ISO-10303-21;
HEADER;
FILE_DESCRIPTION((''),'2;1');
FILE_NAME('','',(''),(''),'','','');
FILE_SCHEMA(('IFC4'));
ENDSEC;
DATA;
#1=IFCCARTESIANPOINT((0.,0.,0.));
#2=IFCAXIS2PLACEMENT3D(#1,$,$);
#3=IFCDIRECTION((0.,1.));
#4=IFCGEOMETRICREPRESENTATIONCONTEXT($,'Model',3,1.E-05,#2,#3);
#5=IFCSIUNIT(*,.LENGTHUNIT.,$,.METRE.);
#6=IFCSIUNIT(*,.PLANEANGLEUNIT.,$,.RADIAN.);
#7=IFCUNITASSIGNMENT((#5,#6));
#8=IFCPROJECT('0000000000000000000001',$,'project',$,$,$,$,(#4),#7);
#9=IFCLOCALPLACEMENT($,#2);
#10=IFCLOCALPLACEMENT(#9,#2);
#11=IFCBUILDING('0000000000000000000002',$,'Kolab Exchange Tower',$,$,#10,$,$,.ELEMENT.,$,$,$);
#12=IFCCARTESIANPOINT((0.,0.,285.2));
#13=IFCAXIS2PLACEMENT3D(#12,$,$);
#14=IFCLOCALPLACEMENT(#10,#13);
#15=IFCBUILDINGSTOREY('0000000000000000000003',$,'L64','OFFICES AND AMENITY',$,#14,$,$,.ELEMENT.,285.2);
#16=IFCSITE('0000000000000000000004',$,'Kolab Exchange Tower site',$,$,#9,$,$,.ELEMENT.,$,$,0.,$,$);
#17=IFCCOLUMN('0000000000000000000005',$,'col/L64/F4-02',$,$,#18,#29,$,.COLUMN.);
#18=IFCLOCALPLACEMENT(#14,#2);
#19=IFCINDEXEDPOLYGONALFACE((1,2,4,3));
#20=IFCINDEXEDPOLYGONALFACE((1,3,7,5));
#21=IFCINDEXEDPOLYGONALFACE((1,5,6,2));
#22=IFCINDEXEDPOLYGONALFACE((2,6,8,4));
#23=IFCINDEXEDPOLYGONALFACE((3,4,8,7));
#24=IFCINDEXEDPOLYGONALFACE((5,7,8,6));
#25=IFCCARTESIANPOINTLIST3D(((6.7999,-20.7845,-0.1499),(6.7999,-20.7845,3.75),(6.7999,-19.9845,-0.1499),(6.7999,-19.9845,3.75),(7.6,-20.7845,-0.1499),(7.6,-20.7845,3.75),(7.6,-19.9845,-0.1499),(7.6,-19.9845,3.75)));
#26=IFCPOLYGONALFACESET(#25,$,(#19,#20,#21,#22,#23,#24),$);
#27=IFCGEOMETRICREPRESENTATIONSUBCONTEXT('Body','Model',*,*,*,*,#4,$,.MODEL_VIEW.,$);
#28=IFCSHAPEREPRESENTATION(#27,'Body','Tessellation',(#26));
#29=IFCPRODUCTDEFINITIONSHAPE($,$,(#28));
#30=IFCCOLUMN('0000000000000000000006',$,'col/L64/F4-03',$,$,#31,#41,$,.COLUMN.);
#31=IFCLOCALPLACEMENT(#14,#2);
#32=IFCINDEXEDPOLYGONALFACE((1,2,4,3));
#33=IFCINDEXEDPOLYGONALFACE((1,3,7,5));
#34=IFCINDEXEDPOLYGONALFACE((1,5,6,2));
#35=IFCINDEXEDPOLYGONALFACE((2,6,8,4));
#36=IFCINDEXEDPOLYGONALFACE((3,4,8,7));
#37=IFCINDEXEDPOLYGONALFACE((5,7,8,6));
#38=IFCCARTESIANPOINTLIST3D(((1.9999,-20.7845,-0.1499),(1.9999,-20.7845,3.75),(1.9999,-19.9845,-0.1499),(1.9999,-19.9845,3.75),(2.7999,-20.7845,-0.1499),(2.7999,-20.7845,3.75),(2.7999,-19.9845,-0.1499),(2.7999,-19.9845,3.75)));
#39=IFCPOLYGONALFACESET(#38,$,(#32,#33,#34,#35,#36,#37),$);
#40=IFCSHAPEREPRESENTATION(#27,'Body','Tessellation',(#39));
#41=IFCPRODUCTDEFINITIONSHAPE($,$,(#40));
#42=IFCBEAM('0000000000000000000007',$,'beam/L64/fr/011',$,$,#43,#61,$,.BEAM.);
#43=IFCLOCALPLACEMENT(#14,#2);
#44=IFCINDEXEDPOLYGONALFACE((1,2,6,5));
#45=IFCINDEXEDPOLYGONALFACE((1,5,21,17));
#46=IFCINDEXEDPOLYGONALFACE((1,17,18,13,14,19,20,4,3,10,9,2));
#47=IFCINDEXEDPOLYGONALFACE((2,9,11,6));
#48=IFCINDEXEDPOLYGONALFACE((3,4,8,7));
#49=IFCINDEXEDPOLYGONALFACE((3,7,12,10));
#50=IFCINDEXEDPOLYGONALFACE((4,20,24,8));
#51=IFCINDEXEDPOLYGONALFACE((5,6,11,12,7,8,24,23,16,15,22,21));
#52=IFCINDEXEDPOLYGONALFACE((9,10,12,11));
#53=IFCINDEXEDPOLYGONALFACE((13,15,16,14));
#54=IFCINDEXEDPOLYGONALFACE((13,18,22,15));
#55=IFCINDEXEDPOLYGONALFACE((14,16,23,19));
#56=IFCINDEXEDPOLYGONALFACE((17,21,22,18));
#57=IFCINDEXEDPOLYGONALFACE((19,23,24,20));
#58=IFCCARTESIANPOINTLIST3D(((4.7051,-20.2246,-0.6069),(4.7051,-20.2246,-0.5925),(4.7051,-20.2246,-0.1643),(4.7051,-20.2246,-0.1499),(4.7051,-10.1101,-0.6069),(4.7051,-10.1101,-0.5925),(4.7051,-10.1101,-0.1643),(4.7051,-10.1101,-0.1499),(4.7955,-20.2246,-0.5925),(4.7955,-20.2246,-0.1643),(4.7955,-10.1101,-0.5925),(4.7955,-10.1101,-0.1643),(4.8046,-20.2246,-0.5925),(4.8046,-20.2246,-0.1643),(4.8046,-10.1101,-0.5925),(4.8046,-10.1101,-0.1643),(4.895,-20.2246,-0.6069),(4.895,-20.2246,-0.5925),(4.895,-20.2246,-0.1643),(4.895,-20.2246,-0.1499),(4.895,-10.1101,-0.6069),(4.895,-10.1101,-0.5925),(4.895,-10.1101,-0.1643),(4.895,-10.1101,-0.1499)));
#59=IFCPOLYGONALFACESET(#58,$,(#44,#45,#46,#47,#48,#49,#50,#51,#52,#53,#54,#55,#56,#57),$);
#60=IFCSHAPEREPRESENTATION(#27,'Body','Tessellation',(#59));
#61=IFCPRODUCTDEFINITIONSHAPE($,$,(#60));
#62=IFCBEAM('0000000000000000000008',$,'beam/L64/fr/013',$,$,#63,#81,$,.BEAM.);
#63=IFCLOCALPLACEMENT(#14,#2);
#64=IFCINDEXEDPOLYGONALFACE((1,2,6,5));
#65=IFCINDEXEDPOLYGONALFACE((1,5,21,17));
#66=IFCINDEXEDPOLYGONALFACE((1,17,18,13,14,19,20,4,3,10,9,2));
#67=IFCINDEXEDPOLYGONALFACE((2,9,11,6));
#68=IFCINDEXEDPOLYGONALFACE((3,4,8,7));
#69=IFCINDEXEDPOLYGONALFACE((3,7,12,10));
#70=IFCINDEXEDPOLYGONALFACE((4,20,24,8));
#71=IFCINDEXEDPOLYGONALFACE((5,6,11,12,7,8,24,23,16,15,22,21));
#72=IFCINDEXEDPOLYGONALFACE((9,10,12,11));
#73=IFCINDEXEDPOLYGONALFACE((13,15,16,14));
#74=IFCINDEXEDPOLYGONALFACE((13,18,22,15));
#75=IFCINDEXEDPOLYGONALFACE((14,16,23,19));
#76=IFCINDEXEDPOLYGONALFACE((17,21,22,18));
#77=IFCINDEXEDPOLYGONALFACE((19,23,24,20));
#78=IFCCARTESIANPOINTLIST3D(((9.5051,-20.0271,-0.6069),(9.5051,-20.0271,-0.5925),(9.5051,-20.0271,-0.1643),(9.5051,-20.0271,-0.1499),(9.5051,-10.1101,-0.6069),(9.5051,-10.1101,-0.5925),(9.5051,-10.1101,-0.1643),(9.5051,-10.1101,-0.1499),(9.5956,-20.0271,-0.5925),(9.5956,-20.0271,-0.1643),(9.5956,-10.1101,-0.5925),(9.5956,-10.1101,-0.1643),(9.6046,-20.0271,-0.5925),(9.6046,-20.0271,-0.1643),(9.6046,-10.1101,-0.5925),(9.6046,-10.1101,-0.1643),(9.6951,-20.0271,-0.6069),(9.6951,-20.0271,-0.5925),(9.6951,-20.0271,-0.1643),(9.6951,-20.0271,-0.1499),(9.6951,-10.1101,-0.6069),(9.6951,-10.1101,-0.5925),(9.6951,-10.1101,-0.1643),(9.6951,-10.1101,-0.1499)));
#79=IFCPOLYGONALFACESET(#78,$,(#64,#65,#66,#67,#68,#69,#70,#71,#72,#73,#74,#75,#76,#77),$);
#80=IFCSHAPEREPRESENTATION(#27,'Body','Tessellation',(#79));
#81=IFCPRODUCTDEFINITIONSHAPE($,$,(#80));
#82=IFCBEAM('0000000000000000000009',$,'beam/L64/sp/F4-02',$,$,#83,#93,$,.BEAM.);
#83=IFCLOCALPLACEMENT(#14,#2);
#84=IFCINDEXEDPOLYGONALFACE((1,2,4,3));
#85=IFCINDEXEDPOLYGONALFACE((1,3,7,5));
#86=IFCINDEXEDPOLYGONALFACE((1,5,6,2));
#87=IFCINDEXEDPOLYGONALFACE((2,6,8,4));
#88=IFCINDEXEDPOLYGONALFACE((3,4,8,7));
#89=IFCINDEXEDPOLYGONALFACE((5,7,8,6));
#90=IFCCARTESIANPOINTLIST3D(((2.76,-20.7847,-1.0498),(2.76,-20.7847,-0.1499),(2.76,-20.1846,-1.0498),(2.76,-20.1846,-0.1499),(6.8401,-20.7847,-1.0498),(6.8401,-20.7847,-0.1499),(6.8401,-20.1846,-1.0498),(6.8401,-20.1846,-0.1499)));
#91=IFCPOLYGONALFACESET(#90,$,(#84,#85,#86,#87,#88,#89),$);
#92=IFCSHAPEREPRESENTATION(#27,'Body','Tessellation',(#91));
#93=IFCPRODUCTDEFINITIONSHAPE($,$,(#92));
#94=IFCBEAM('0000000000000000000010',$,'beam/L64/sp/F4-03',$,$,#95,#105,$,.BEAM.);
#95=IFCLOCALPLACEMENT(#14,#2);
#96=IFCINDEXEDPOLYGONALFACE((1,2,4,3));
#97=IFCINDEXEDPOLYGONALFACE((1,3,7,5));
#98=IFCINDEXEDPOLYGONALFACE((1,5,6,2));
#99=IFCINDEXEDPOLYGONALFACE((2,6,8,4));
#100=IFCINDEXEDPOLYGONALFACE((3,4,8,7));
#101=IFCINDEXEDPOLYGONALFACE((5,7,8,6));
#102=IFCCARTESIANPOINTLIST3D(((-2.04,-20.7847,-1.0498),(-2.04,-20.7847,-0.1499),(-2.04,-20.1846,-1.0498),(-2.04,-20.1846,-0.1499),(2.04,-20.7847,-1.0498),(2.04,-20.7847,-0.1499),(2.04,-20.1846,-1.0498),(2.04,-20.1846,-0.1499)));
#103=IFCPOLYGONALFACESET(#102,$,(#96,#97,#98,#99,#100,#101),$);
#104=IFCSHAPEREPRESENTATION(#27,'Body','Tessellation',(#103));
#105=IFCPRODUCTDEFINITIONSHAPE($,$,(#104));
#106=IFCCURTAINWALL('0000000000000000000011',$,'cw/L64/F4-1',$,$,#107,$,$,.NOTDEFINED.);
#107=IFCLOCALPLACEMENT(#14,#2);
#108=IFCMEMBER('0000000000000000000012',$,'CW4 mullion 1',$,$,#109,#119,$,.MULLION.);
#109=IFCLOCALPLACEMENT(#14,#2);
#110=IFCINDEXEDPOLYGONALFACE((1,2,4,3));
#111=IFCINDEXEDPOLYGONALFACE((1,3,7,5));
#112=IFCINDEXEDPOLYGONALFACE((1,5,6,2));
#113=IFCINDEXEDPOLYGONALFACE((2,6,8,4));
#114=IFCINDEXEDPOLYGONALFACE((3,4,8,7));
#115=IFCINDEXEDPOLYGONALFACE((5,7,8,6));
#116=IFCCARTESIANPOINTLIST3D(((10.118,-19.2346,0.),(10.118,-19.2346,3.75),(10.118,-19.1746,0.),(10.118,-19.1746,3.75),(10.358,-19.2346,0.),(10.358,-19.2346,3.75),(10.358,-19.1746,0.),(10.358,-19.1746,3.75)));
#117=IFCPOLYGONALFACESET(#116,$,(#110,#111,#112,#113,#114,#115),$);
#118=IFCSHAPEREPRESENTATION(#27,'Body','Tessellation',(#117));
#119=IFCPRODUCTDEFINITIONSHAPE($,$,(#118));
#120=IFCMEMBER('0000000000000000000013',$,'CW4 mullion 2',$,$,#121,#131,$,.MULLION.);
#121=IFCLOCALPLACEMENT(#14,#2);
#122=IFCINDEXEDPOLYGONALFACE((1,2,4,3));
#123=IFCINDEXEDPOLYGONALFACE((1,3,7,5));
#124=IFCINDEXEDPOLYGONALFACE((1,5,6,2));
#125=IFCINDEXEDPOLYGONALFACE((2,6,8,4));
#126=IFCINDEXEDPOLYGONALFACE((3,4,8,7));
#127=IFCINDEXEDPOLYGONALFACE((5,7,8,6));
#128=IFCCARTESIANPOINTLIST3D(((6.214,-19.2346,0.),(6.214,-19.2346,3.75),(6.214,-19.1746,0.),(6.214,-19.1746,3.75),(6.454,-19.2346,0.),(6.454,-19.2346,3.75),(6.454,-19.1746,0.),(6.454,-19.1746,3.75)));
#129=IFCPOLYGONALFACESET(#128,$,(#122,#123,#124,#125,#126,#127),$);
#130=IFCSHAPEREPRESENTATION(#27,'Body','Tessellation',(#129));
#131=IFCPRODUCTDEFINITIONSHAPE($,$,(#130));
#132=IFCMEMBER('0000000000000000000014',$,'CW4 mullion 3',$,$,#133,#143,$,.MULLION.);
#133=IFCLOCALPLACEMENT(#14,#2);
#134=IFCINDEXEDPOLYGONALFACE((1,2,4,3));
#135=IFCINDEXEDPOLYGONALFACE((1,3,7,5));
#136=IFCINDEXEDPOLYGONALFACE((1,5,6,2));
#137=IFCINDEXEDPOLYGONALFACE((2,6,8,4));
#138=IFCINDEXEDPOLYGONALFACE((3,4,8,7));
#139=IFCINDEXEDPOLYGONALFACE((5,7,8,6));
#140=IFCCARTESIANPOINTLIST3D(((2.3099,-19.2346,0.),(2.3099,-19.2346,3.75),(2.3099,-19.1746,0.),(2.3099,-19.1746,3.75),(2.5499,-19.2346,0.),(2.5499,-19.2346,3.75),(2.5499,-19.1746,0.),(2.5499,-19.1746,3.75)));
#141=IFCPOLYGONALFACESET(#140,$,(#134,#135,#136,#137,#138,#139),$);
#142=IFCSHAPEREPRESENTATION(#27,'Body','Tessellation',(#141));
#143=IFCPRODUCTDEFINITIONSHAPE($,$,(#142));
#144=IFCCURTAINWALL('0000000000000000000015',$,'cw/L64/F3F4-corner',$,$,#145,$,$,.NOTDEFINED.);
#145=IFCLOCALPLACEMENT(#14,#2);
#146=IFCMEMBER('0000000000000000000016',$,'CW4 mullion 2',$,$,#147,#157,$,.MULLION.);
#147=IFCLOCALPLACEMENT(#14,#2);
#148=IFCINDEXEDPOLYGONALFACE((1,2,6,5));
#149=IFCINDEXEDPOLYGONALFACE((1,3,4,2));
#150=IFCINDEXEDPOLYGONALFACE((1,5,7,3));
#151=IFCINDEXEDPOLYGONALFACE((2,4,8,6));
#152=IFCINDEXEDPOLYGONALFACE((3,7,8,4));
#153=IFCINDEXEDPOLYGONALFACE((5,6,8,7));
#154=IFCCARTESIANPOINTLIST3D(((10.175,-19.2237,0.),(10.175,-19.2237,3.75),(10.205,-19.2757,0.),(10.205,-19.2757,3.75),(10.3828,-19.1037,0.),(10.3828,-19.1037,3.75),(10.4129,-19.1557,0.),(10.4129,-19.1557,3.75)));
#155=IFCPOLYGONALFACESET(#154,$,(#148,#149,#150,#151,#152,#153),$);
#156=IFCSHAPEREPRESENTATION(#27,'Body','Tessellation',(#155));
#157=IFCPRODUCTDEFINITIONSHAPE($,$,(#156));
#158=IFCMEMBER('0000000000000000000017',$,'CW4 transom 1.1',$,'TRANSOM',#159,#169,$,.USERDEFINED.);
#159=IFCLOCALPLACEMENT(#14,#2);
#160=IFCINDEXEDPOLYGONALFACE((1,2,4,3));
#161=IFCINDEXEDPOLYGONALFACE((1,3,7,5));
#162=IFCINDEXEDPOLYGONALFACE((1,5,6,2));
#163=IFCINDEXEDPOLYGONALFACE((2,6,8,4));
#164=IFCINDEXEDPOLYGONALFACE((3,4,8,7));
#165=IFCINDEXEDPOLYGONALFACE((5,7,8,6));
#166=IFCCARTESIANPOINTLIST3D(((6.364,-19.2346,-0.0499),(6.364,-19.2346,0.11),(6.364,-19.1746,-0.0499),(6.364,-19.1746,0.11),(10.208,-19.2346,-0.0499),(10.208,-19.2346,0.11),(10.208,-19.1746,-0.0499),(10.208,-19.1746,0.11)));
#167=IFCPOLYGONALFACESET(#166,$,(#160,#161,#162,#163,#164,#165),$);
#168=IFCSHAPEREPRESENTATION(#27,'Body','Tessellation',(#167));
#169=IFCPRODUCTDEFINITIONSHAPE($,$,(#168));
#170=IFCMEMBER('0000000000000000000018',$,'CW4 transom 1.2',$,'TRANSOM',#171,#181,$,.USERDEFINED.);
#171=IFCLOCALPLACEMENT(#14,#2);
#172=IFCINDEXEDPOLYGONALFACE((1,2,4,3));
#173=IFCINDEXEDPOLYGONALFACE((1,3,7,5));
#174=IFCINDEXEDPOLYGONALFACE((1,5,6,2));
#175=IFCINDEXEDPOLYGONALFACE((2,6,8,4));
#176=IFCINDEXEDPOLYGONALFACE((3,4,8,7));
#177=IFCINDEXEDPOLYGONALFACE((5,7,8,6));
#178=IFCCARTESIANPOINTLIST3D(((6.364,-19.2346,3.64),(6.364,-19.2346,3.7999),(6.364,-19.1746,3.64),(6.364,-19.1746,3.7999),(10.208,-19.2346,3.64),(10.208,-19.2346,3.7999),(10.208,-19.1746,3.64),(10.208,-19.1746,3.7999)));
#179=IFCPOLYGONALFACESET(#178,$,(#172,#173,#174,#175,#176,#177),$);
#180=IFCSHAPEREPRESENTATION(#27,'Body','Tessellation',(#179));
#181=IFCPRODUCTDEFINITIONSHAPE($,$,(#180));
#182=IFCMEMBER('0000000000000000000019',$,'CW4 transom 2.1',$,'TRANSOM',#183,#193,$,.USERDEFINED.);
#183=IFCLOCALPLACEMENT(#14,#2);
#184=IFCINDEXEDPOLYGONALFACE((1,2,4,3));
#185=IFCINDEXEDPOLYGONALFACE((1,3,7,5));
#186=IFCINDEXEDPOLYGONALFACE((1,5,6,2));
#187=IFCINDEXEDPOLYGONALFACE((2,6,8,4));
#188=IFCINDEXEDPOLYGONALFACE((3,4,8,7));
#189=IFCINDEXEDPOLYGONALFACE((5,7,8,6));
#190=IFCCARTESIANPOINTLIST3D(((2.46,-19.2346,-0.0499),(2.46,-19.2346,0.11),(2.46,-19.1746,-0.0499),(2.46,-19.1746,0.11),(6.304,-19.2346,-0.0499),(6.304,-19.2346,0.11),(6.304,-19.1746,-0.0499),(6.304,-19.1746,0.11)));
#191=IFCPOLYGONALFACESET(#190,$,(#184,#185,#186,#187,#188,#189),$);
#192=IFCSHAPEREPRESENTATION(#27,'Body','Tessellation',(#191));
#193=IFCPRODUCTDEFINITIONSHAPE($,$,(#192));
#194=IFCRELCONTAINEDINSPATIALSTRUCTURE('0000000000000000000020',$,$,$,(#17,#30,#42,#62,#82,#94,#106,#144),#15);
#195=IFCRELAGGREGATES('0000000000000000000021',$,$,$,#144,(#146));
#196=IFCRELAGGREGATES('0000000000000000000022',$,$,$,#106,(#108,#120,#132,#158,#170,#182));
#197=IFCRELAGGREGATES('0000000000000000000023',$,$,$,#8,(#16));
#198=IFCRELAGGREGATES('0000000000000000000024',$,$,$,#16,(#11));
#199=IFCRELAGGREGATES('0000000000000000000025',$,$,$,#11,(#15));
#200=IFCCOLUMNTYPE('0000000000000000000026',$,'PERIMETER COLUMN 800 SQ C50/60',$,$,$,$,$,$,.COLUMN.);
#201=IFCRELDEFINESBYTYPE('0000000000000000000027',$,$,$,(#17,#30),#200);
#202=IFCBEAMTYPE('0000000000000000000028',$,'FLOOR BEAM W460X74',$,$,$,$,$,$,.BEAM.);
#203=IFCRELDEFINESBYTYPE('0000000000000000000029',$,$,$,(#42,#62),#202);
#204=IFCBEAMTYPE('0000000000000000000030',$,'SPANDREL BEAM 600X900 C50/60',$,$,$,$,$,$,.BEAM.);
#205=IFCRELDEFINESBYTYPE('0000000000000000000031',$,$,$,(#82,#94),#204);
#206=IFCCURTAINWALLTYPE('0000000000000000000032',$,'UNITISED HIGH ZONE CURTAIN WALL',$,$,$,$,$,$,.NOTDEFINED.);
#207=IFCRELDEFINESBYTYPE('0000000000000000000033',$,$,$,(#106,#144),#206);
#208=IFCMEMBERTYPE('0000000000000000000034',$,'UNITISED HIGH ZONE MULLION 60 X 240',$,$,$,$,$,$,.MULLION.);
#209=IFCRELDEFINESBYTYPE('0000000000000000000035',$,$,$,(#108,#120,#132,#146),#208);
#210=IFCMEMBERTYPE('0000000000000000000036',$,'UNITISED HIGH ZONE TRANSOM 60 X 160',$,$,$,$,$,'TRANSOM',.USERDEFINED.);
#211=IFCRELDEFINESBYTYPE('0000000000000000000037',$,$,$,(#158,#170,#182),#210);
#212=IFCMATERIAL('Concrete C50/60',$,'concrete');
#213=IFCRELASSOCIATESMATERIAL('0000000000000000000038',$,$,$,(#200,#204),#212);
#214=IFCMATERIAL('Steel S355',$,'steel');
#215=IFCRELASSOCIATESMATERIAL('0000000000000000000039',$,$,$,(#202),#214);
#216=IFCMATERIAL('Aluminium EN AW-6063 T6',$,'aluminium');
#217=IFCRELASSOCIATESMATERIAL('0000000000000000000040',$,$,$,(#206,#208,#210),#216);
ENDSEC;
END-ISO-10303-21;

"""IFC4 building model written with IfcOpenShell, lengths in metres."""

from ifc_helpers import new_model, si_unit, direction, frame, origin, origin_2d, place, context, subcontext, project, spatial, rectangle, i_section, extrude, material, material_profile, profile_set, type_object, element, aggregate, save


model = new_model("IFC4")

# Units and contexts
model_context = context("Model", 3, precision=1e-05, world=origin(), true_north=direction((0.0, 1.0)))
body_context = subcontext(model_context, "Body", "Model", "MODEL_VIEW")
ifc_project = project(units=[si_unit("LENGTHUNIT", "METRE"), si_unit("PLANEANGLEUNIT", "RADIAN")], contexts=[model_context])

# Site, building, storey
site_placement = place(None, origin())
site = spatial("IfcSite", under=ifc_project, at=site_placement, Name="Kolab Exchange Tower site", CompositionType="ELEMENT", RefElevation=0.0)
building_placement = place(site_placement, origin())
building = spatial("IfcBuilding", under=site, at=building_placement, Name="Kolab Exchange Tower", CompositionType="ELEMENT")
storey_placement = place(building_placement, frame((0.0, 0.0, 285.2)))
storey = spatial("IfcBuildingStorey", under=building, at=storey_placement, Name="L64", Description="OFFICES AND AMENITY", CompositionType="ELEMENT", Elevation=285.2)

# Columns
ifc_material_1 = material(Name="Concrete C50/60", Category="concrete")
ifc_material_profile_1 = material_profile(ifc_material_1, rectangle(XDim=0.8, YDim=0.8, at=origin_2d()), Name="RC800")
ifc_profile_set_1 = profile_set([ifc_material_profile_1], Name="Concrete C50/60")
column_type = type_object("IfcColumnType", Name="PERIMETER COLUMN 800 SQ C50/60", PredefinedType="COLUMN", material=ifc_profile_set_1)
for number, where, z_axis, x_axis, name in (
    (1, (7.2, -20.3845, -0.1499), (0.0, 0.0, 1.0), (1.0, 0.0, 0.0), "col/L64/F4-02"),
    (2, (2.3999, -20.3845, -0.1499), (0.0, 0.0, 1.0), (1.0, 0.0, 0.0), "col/L64/F4-03"),
):
    element("IfcColumn", number, at=place(storey_placement, frame(where, z_axis=z_axis, x_axis=x_axis)), inside=storey, type_object=column_type, Name=name, PredefinedType="COLUMN", context=body_context, shape_type="SweptSolid", body=[
        extrude(rectangle(XDim=0.8, YDim=0.8, at=origin_2d()), origin(), (0.0, 0.0, 1.0), 3.8999),
    ])

# Beams
ifc_material_2 = material(Name="Steel S355", Category="steel")
ifc_material_profile_2 = material_profile(ifc_material_2, i_section(OverallWidth=0.1899, OverallDepth=0.457, WebThickness=0.009, FlangeThickness=0.0144, at=origin_2d()), Name="W460X74")
ifc_profile_set_2 = profile_set([ifc_material_profile_2], Name="Steel S355")
beam_type_1 = type_object("IfcBeamType", Name="FLOOR BEAM W460X74", PredefinedType="BEAM", material=ifc_profile_set_2)
beam_1_placement = place(storey_placement, frame((4.8, -20.2246, -0.3784), z_axis=(0.0, 1.0, 0.0), x_axis=(-1.0, 0.0, 0.0)))
element("IfcBeam", 3, at=beam_1_placement, inside=storey, type_object=beam_type_1, Name="beam/L64/fr/011", PredefinedType="BEAM", context=body_context, shape_type="SweptSolid", body=[
    extrude(i_section(OverallWidth=0.1899, OverallDepth=0.457, WebThickness=0.009, FlangeThickness=0.0144, at=origin_2d()), origin(), (0.0, 0.0, 1.0), 10.1145),
])
beam_2_placement = place(storey_placement, frame((9.6001, -20.0271, -0.3784), z_axis=(0.0, 1.0, 0.0), x_axis=(-1.0, 0.0, 0.0)))
element("IfcBeam", 4, at=beam_2_placement, inside=storey, type_object=beam_type_1, Name="beam/L64/fr/013", PredefinedType="BEAM", context=body_context, shape_type="SweptSolid", body=[
    extrude(i_section(OverallWidth=0.1899, OverallDepth=0.457, WebThickness=0.009, FlangeThickness=0.0144, at=origin_2d()), origin(), (0.0, 0.0, 1.0), 9.917),
])
ifc_material_profile_3 = material_profile(ifc_material_1, rectangle(XDim=0.6001, YDim=0.8999, at=origin_2d()), Name="RC600X900")
ifc_profile_set_3 = profile_set([ifc_material_profile_3], Name="Concrete C50/60")
beam_type_2 = type_object("IfcBeamType", Name="SPANDREL BEAM 600X900 C50/60", PredefinedType="BEAM", material=ifc_profile_set_3)
for number, where, z_axis, x_axis, name in (
    (5, (6.8401, -20.4846, -0.5999), (-1.0, 0.0, 0.0), (0.0, -1.0, 0.0), "beam/L64/sp/F4-02"),
    (6, (2.04, -20.4846, -0.5999), (-1.0, 0.0, 0.0), (0.0, -1.0, 0.0), "beam/L64/sp/F4-03"),
):
    element("IfcBeam", number, at=place(storey_placement, frame(where, z_axis=z_axis, x_axis=x_axis)), inside=storey, type_object=beam_type_2, Name=name, PredefinedType="BEAM", context=body_context, shape_type="SweptSolid", body=[
        extrude(rectangle(XDim=0.6001, YDim=0.8999, at=origin_2d()), origin(), (0.0, 0.0, 1.0), 4.0801),
    ])

# Curtain wall, members
ifc_material_3 = material(Name="Aluminium EN AW-6063 T6", Category="aluminium")
curtain_wall_type = type_object("IfcCurtainWallType", Name="UNITISED HIGH ZONE CURTAIN WALL", PredefinedType="NOTDEFINED", material=ifc_material_3)
curtain_wall_1_placement = place(storey_placement, origin())
curtain_wall_1 = element("IfcCurtainWall", 7, at=curtain_wall_1_placement, inside=storey, type_object=curtain_wall_type, Name="cw/L64/F4-1", PredefinedType="NOTDEFINED")
ifc_material_profile_4 = material_profile(ifc_material_3, rectangle(XDim=0.0601, YDim=0.24, at=origin_2d()), Name="RECT 60X240")
ifc_profile_set_4 = profile_set([ifc_material_profile_4], Name="Aluminium EN AW-6063 T6")
member_type_1 = type_object("IfcMemberType", Name="UNITISED HIGH ZONE MULLION 60 X 240", PredefinedType="MULLION", material=ifc_profile_set_4)
member_1_placement = place(storey_placement, frame((10.238, -19.2046, 0.0), z_axis=(0.0, 0.0, 1.0), x_axis=(0.0, -1.0, 0.0)))
member_1 = element("IfcMember", 8, at=member_1_placement, type_object=member_type_1, Name="CW4 mullion 1", PredefinedType="MULLION", context=body_context, shape_type="SweptSolid", body=[
    extrude(rectangle(XDim=0.0601, YDim=0.24, at=origin_2d()), origin(), (0.0, 0.0, 1.0), 3.75),
])
member_2_placement = place(storey_placement, frame((6.334, -19.2046, 0.0), z_axis=(0.0, 0.0, 1.0), x_axis=(0.0, -1.0, 0.0)))
member_2 = element("IfcMember", 9, at=member_2_placement, type_object=member_type_1, Name="CW4 mullion 2", PredefinedType="MULLION", context=body_context, shape_type="SweptSolid", body=[
    extrude(rectangle(XDim=0.0601, YDim=0.24, at=origin_2d()), origin(), (0.0, 0.0, 1.0), 3.75),
])
member_3_placement = place(storey_placement, frame((2.4299, -19.2046, 0.0), z_axis=(0.0, 0.0, 1.0), x_axis=(0.0, -1.0, 0.0)))
member_3 = element("IfcMember", 10, at=member_3_placement, type_object=member_type_1, Name="CW4 mullion 3", PredefinedType="MULLION", context=body_context, shape_type="SweptSolid", body=[
    extrude(rectangle(XDim=0.0601, YDim=0.24, at=origin_2d()), origin(), (0.0, 0.0, 1.0), 3.75),
])

# Curtain wall, member
curtain_wall_2_placement = place(storey_placement, origin())
curtain_wall_2 = element("IfcCurtainWall", 11, at=curtain_wall_2_placement, inside=storey, type_object=curtain_wall_type, Name="cw/L64/F3F4-corner", PredefinedType="NOTDEFINED")
member_4_placement = place(storey_placement, frame((10.2939, -19.1897, 0.0), z_axis=(0.0, 0.0, 1.0), x_axis=(0.5, -0.866025, 0.0)))
member_4 = element("IfcMember", 12, at=member_4_placement, type_object=member_type_1, Name="CW4 mullion 2", PredefinedType="MULLION", context=body_context, shape_type="SweptSolid", body=[
    extrude(rectangle(XDim=0.0601, YDim=0.24, at=origin_2d()), origin(), (0.0, 0.0, 1.0), 3.75),
])
aggregate(curtain_wall_2, [member_4])

# Members
ifc_material_profile_5 = material_profile(ifc_material_3, rectangle(XDim=0.0601, YDim=0.1599, at=origin_2d()), Name="RECT 60X160")
ifc_profile_set_5 = profile_set([ifc_material_profile_5], Name="Aluminium EN AW-6063 T6")
member_type_2 = type_object("IfcMemberType", Name="UNITISED HIGH ZONE TRANSOM 60 X 160", ElementType="TRANSOM", PredefinedType="USERDEFINED", material=ifc_profile_set_5)
member_5_placement = place(storey_placement, frame((10.208, -19.2046, 0.03), z_axis=(-1.0, 0.0, 0.0), x_axis=(0.0, -1.0, 0.0)))
member_5 = element("IfcMember", 13, at=member_5_placement, type_object=member_type_2, Name="CW4 transom 1.1", ObjectType="TRANSOM", PredefinedType="USERDEFINED", context=body_context, shape_type="SweptSolid", body=[
    extrude(rectangle(XDim=0.0601, YDim=0.1599, at=origin_2d()), origin(), (0.0, 0.0, 1.0), 3.844),
])
member_6_placement = place(storey_placement, frame((10.208, -19.2046, 3.72), z_axis=(-1.0, 0.0, 0.0), x_axis=(0.0, -1.0, 0.0)))
member_6 = element("IfcMember", 14, at=member_6_placement, type_object=member_type_2, Name="CW4 transom 1.2", ObjectType="TRANSOM", PredefinedType="USERDEFINED", context=body_context, shape_type="SweptSolid", body=[
    extrude(rectangle(XDim=0.0601, YDim=0.1599, at=origin_2d()), origin(), (0.0, 0.0, 1.0), 3.844),
])
member_7_placement = place(storey_placement, frame((6.304, -19.2046, 0.03), z_axis=(-1.0, 0.0, 0.0), x_axis=(0.0, -1.0, 0.0)))
member_7 = element("IfcMember", 15, at=member_7_placement, type_object=member_type_2, Name="CW4 transom 2.1", ObjectType="TRANSOM", PredefinedType="USERDEFINED", context=body_context, shape_type="SweptSolid", body=[
    extrude(rectangle(XDim=0.0601, YDim=0.1599, at=origin_2d()), origin(), (0.0, 0.0, 1.0), 3.844),
])

aggregate(curtain_wall_1, [member_1, member_2, member_3, member_5, member_6, member_7])

save(model, "model.ifc")
